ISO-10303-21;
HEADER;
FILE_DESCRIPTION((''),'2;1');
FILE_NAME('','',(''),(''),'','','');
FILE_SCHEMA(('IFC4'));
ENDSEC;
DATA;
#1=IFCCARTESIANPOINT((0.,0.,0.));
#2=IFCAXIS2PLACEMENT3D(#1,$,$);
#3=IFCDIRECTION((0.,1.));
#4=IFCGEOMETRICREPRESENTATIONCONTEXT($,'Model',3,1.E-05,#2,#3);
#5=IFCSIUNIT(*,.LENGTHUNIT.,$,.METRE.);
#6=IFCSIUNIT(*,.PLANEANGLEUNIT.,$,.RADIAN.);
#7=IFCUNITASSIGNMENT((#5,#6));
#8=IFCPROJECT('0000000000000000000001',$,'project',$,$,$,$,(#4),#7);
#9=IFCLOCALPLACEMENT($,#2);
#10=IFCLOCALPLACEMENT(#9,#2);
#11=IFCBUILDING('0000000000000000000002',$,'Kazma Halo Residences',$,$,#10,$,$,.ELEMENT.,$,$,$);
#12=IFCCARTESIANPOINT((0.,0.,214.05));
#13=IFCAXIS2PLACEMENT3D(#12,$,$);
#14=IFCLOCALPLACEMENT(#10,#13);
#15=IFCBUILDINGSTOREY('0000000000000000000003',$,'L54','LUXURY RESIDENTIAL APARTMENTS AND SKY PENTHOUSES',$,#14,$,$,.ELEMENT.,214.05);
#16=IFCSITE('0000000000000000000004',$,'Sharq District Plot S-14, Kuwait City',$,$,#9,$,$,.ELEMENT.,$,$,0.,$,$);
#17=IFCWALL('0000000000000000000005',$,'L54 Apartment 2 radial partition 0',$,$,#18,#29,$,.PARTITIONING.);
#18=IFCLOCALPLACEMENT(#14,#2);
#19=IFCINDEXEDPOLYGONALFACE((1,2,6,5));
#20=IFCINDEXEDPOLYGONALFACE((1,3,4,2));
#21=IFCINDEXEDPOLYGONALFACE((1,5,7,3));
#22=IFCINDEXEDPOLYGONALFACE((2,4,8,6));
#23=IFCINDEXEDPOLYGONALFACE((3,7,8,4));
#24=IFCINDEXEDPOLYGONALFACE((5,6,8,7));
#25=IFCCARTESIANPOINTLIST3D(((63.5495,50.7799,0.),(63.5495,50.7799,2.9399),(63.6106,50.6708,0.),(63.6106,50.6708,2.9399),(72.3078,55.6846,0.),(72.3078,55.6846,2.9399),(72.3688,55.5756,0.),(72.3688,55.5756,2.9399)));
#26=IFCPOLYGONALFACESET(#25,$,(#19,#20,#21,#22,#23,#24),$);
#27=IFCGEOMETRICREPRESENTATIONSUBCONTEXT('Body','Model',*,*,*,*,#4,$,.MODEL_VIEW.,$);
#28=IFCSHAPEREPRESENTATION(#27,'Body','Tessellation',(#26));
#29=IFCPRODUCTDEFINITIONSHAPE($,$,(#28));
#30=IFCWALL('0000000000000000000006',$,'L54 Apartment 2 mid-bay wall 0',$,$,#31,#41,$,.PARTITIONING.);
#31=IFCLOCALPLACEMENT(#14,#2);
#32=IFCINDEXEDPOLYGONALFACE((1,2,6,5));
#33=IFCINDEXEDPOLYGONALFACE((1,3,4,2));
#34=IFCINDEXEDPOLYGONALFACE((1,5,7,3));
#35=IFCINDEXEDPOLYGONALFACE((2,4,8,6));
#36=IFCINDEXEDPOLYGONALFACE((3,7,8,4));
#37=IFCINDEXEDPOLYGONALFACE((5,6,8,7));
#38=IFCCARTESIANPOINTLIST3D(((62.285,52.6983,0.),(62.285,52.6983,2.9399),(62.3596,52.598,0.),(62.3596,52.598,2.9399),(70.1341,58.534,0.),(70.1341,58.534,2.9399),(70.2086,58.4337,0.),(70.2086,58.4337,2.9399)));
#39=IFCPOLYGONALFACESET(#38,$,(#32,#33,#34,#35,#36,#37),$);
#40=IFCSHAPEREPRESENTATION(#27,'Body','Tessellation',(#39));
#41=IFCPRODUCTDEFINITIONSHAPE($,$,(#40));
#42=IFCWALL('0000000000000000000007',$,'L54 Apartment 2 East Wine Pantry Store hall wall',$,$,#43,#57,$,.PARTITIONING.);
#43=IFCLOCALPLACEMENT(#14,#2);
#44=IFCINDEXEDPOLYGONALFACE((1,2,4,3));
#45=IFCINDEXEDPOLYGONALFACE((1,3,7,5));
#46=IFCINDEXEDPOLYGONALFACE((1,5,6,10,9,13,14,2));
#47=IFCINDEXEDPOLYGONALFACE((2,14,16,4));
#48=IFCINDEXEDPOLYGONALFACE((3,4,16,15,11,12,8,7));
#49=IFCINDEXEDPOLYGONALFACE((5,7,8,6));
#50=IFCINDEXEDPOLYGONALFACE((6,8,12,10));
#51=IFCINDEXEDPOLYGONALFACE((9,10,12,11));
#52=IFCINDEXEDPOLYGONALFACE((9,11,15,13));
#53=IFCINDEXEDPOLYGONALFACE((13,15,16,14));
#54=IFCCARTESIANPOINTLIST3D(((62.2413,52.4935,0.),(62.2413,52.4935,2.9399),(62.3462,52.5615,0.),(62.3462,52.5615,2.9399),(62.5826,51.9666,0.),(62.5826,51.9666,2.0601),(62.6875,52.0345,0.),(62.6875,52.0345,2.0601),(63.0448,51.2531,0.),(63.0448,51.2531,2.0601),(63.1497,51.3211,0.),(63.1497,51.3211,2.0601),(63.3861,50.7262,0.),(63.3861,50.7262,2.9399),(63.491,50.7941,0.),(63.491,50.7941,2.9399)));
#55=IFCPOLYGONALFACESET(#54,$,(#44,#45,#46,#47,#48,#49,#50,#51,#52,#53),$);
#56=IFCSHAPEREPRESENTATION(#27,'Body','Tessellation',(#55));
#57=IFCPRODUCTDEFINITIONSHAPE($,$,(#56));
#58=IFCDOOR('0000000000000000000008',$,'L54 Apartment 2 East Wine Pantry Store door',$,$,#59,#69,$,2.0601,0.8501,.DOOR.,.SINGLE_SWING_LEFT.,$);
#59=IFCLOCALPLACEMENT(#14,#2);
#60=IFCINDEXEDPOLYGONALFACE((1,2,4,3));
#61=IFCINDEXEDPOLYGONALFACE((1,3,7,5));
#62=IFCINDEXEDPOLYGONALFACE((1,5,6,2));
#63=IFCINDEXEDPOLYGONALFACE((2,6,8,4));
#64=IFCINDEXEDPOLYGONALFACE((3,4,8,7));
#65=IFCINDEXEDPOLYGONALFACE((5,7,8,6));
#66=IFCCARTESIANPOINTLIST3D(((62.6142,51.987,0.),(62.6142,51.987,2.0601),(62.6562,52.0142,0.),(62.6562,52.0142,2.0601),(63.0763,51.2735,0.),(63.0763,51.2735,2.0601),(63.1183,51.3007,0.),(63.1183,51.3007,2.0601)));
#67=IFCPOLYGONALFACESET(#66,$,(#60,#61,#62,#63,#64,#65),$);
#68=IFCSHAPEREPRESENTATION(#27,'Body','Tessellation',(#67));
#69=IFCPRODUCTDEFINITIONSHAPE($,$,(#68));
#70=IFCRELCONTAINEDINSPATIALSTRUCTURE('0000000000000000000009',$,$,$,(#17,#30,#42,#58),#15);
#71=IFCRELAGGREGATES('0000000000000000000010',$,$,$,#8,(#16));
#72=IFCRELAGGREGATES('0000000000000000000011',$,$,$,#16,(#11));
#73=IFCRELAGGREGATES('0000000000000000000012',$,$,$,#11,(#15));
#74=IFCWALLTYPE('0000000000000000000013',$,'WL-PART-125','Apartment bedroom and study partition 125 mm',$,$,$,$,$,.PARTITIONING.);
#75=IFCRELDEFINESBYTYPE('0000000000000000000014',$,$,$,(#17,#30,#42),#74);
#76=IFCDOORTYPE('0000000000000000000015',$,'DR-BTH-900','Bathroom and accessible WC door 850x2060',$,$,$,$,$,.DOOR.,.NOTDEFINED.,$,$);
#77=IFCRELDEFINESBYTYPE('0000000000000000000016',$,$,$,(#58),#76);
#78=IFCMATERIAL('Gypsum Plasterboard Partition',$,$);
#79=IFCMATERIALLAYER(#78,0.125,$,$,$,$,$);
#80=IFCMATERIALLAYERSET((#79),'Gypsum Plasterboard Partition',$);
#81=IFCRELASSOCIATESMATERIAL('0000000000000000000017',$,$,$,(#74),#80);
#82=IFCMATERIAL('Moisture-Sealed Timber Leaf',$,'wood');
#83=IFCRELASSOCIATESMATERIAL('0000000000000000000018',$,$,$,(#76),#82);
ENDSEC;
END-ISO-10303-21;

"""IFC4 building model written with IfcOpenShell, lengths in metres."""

from ifc_helpers import new_model, si_unit, direction, frame, frame_2d, origin, place, context, subcontext, project, spatial, rectangle, extrude, material, layer, layer_set, type_object, element, fill, save


model = new_model("IFC4")

# Units and contexts
model_context = context("Model", 3, precision=1e-05, world=origin(), true_north=direction((0.0, 1.0)))
body_context = subcontext(model_context, "Body", "Model", "MODEL_VIEW")
ifc_project = project(units=[si_unit("LENGTHUNIT", "METRE"), si_unit("PLANEANGLEUNIT", "RADIAN")], contexts=[model_context])

# Site, building, storey
site_placement = place(None, origin())
site = spatial("IfcSite", under=ifc_project, at=site_placement, Name="Sharq District Plot S-14, Kuwait City", CompositionType="ELEMENT", RefElevation=0.0)
building_placement = place(site_placement, origin())
building = spatial("IfcBuilding", under=site, at=building_placement, Name="Kazma Halo Residences", CompositionType="ELEMENT")
storey_placement = place(building_placement, frame((0.0, 0.0, 214.05)))
storey = spatial("IfcBuildingStorey", under=building, at=storey_placement, Name="L54", Description="LUXURY RESIDENTIAL APARTMENTS AND SKY PENTHOUSES", CompositionType="ELEMENT", Elevation=214.05)

# Shared definitions
ifc_material_1 = material(Name="Gypsum Plasterboard Partition")
ifc_layer_1 = layer(ifc_material_1, 0.125)
ifc_layer_set_1 = layer_set([ifc_layer_1], Name="Gypsum Plasterboard Partition")
wall_type_1 = type_object("IfcWallType", Name="WL-PART-125", Description="Apartment bedroom and study partition 125 mm", PredefinedType="PARTITIONING", material=ifc_layer_set_1)

# Shared definitions
ifc_material_2 = material(Name="Moisture-Sealed Timber Leaf", Category="wood")
door_type = type_object("IfcDoorType", Name="DR-BTH-900", Description="Bathroom and accessible WC door 850x2060", OperationType="NOTDEFINED", PredefinedType="DOOR", material=ifc_material_2)

# Walls
wall_1_placement = place(storey_placement, frame((63.5801, 50.7253, 0.0), z_axis=(0.0, 0.0, 1.0), x_axis=(0.8725, 0.488614, 0.0)))
element("IfcWall", 1, at=wall_1_placement, inside=storey, type_object=wall_type_1, Name="L54 Apartment 2 radial partition 0", PredefinedType="PARTITIONING", context=body_context, shape_type="SweptSolid", body=[
    extrude(rectangle(XDim=10.0381, YDim=0.125, at=frame_2d((5.019, 0.0))), origin(), (0.0, 0.0, 1.0), 2.9399),
])
wall_2_placement = place(storey_placement, frame((62.3223, 52.6482, 0.0), z_axis=(0.0, 0.0, 1.0), x_axis=(0.802503, 0.596648, 0.0)))
element("IfcWall", 2, at=wall_2_placement, inside=storey, type_object=wall_type_1, Name="L54 Apartment 2 mid-bay wall 0", PredefinedType="PARTITIONING", context=body_context, shape_type="SweptSolid", body=[
    extrude(rectangle(XDim=9.7808, YDim=0.125, at=frame_2d((4.8904, 0.0))), origin(), (0.0, 0.0, 1.0), 2.9399),
])

# Wall, opening, door
wall_3_placement = place(storey_placement, frame((63.4385, 50.7603, 0.0), z_axis=(0.0, 0.0, 1.0), x_axis=(-0.543655, 0.839309, 0.0)))
wall_3 = element("IfcWall", 3, at=wall_3_placement, inside=storey, type_object=wall_type_1, Name="L54 Apartment 2 East Wine Pantry Store hall wall", PredefinedType="PARTITIONING", context=body_context, shape_type="SweptSolid", body=[
    extrude(rectangle(XDim=2.1057, YDim=0.125, at=frame_2d((1.0527, 0.0))), origin(), (0.0, 0.0, 1.0), 2.9399),
])
opening_1_placement = place(wall_3_placement, frame((0.6277, 0.0, 0.0)))
opening_1 = element("IfcOpeningElement", 4, at=opening_1_placement, cuts=wall_3, PredefinedType="OPENING", context=body_context, shape_type="SweptSolid", body=[
    extrude(rectangle(XDim=0.8501, YDim=2.0601, at=frame_2d((0.425, 1.03))), frame((0.0, 0.0725, 0.0), z_axis=(0.0, -1.0, 0.0), x_axis=(1.0, 0.0, 0.0)), (0.0, 0.0, 1.0), 0.145),
])
door_1_placement = place(opening_1_placement, origin())
door_1 = element("IfcDoor", 5, at=door_1_placement, inside=storey, type_object=door_type, Name="L54 Apartment 2 East Wine Pantry Store door", OperationType="SINGLE_SWING_LEFT", OverallHeight=2.0601, OverallWidth=0.8501, PredefinedType="DOOR", context=body_context, shape_type="SweptSolid", body=[
    extrude(rectangle(XDim=0.8501, YDim=2.0601, at=frame_2d((0.425, 1.03))), frame((0.0, 0.0249, 0.0), z_axis=(0.0, -1.0, 0.0), x_axis=(1.0, 0.0, 0.0)), (0.0, 0.0, 1.0), 0.05),
])
fill(opening_1, door_1)

save(model, "model.ifc")
